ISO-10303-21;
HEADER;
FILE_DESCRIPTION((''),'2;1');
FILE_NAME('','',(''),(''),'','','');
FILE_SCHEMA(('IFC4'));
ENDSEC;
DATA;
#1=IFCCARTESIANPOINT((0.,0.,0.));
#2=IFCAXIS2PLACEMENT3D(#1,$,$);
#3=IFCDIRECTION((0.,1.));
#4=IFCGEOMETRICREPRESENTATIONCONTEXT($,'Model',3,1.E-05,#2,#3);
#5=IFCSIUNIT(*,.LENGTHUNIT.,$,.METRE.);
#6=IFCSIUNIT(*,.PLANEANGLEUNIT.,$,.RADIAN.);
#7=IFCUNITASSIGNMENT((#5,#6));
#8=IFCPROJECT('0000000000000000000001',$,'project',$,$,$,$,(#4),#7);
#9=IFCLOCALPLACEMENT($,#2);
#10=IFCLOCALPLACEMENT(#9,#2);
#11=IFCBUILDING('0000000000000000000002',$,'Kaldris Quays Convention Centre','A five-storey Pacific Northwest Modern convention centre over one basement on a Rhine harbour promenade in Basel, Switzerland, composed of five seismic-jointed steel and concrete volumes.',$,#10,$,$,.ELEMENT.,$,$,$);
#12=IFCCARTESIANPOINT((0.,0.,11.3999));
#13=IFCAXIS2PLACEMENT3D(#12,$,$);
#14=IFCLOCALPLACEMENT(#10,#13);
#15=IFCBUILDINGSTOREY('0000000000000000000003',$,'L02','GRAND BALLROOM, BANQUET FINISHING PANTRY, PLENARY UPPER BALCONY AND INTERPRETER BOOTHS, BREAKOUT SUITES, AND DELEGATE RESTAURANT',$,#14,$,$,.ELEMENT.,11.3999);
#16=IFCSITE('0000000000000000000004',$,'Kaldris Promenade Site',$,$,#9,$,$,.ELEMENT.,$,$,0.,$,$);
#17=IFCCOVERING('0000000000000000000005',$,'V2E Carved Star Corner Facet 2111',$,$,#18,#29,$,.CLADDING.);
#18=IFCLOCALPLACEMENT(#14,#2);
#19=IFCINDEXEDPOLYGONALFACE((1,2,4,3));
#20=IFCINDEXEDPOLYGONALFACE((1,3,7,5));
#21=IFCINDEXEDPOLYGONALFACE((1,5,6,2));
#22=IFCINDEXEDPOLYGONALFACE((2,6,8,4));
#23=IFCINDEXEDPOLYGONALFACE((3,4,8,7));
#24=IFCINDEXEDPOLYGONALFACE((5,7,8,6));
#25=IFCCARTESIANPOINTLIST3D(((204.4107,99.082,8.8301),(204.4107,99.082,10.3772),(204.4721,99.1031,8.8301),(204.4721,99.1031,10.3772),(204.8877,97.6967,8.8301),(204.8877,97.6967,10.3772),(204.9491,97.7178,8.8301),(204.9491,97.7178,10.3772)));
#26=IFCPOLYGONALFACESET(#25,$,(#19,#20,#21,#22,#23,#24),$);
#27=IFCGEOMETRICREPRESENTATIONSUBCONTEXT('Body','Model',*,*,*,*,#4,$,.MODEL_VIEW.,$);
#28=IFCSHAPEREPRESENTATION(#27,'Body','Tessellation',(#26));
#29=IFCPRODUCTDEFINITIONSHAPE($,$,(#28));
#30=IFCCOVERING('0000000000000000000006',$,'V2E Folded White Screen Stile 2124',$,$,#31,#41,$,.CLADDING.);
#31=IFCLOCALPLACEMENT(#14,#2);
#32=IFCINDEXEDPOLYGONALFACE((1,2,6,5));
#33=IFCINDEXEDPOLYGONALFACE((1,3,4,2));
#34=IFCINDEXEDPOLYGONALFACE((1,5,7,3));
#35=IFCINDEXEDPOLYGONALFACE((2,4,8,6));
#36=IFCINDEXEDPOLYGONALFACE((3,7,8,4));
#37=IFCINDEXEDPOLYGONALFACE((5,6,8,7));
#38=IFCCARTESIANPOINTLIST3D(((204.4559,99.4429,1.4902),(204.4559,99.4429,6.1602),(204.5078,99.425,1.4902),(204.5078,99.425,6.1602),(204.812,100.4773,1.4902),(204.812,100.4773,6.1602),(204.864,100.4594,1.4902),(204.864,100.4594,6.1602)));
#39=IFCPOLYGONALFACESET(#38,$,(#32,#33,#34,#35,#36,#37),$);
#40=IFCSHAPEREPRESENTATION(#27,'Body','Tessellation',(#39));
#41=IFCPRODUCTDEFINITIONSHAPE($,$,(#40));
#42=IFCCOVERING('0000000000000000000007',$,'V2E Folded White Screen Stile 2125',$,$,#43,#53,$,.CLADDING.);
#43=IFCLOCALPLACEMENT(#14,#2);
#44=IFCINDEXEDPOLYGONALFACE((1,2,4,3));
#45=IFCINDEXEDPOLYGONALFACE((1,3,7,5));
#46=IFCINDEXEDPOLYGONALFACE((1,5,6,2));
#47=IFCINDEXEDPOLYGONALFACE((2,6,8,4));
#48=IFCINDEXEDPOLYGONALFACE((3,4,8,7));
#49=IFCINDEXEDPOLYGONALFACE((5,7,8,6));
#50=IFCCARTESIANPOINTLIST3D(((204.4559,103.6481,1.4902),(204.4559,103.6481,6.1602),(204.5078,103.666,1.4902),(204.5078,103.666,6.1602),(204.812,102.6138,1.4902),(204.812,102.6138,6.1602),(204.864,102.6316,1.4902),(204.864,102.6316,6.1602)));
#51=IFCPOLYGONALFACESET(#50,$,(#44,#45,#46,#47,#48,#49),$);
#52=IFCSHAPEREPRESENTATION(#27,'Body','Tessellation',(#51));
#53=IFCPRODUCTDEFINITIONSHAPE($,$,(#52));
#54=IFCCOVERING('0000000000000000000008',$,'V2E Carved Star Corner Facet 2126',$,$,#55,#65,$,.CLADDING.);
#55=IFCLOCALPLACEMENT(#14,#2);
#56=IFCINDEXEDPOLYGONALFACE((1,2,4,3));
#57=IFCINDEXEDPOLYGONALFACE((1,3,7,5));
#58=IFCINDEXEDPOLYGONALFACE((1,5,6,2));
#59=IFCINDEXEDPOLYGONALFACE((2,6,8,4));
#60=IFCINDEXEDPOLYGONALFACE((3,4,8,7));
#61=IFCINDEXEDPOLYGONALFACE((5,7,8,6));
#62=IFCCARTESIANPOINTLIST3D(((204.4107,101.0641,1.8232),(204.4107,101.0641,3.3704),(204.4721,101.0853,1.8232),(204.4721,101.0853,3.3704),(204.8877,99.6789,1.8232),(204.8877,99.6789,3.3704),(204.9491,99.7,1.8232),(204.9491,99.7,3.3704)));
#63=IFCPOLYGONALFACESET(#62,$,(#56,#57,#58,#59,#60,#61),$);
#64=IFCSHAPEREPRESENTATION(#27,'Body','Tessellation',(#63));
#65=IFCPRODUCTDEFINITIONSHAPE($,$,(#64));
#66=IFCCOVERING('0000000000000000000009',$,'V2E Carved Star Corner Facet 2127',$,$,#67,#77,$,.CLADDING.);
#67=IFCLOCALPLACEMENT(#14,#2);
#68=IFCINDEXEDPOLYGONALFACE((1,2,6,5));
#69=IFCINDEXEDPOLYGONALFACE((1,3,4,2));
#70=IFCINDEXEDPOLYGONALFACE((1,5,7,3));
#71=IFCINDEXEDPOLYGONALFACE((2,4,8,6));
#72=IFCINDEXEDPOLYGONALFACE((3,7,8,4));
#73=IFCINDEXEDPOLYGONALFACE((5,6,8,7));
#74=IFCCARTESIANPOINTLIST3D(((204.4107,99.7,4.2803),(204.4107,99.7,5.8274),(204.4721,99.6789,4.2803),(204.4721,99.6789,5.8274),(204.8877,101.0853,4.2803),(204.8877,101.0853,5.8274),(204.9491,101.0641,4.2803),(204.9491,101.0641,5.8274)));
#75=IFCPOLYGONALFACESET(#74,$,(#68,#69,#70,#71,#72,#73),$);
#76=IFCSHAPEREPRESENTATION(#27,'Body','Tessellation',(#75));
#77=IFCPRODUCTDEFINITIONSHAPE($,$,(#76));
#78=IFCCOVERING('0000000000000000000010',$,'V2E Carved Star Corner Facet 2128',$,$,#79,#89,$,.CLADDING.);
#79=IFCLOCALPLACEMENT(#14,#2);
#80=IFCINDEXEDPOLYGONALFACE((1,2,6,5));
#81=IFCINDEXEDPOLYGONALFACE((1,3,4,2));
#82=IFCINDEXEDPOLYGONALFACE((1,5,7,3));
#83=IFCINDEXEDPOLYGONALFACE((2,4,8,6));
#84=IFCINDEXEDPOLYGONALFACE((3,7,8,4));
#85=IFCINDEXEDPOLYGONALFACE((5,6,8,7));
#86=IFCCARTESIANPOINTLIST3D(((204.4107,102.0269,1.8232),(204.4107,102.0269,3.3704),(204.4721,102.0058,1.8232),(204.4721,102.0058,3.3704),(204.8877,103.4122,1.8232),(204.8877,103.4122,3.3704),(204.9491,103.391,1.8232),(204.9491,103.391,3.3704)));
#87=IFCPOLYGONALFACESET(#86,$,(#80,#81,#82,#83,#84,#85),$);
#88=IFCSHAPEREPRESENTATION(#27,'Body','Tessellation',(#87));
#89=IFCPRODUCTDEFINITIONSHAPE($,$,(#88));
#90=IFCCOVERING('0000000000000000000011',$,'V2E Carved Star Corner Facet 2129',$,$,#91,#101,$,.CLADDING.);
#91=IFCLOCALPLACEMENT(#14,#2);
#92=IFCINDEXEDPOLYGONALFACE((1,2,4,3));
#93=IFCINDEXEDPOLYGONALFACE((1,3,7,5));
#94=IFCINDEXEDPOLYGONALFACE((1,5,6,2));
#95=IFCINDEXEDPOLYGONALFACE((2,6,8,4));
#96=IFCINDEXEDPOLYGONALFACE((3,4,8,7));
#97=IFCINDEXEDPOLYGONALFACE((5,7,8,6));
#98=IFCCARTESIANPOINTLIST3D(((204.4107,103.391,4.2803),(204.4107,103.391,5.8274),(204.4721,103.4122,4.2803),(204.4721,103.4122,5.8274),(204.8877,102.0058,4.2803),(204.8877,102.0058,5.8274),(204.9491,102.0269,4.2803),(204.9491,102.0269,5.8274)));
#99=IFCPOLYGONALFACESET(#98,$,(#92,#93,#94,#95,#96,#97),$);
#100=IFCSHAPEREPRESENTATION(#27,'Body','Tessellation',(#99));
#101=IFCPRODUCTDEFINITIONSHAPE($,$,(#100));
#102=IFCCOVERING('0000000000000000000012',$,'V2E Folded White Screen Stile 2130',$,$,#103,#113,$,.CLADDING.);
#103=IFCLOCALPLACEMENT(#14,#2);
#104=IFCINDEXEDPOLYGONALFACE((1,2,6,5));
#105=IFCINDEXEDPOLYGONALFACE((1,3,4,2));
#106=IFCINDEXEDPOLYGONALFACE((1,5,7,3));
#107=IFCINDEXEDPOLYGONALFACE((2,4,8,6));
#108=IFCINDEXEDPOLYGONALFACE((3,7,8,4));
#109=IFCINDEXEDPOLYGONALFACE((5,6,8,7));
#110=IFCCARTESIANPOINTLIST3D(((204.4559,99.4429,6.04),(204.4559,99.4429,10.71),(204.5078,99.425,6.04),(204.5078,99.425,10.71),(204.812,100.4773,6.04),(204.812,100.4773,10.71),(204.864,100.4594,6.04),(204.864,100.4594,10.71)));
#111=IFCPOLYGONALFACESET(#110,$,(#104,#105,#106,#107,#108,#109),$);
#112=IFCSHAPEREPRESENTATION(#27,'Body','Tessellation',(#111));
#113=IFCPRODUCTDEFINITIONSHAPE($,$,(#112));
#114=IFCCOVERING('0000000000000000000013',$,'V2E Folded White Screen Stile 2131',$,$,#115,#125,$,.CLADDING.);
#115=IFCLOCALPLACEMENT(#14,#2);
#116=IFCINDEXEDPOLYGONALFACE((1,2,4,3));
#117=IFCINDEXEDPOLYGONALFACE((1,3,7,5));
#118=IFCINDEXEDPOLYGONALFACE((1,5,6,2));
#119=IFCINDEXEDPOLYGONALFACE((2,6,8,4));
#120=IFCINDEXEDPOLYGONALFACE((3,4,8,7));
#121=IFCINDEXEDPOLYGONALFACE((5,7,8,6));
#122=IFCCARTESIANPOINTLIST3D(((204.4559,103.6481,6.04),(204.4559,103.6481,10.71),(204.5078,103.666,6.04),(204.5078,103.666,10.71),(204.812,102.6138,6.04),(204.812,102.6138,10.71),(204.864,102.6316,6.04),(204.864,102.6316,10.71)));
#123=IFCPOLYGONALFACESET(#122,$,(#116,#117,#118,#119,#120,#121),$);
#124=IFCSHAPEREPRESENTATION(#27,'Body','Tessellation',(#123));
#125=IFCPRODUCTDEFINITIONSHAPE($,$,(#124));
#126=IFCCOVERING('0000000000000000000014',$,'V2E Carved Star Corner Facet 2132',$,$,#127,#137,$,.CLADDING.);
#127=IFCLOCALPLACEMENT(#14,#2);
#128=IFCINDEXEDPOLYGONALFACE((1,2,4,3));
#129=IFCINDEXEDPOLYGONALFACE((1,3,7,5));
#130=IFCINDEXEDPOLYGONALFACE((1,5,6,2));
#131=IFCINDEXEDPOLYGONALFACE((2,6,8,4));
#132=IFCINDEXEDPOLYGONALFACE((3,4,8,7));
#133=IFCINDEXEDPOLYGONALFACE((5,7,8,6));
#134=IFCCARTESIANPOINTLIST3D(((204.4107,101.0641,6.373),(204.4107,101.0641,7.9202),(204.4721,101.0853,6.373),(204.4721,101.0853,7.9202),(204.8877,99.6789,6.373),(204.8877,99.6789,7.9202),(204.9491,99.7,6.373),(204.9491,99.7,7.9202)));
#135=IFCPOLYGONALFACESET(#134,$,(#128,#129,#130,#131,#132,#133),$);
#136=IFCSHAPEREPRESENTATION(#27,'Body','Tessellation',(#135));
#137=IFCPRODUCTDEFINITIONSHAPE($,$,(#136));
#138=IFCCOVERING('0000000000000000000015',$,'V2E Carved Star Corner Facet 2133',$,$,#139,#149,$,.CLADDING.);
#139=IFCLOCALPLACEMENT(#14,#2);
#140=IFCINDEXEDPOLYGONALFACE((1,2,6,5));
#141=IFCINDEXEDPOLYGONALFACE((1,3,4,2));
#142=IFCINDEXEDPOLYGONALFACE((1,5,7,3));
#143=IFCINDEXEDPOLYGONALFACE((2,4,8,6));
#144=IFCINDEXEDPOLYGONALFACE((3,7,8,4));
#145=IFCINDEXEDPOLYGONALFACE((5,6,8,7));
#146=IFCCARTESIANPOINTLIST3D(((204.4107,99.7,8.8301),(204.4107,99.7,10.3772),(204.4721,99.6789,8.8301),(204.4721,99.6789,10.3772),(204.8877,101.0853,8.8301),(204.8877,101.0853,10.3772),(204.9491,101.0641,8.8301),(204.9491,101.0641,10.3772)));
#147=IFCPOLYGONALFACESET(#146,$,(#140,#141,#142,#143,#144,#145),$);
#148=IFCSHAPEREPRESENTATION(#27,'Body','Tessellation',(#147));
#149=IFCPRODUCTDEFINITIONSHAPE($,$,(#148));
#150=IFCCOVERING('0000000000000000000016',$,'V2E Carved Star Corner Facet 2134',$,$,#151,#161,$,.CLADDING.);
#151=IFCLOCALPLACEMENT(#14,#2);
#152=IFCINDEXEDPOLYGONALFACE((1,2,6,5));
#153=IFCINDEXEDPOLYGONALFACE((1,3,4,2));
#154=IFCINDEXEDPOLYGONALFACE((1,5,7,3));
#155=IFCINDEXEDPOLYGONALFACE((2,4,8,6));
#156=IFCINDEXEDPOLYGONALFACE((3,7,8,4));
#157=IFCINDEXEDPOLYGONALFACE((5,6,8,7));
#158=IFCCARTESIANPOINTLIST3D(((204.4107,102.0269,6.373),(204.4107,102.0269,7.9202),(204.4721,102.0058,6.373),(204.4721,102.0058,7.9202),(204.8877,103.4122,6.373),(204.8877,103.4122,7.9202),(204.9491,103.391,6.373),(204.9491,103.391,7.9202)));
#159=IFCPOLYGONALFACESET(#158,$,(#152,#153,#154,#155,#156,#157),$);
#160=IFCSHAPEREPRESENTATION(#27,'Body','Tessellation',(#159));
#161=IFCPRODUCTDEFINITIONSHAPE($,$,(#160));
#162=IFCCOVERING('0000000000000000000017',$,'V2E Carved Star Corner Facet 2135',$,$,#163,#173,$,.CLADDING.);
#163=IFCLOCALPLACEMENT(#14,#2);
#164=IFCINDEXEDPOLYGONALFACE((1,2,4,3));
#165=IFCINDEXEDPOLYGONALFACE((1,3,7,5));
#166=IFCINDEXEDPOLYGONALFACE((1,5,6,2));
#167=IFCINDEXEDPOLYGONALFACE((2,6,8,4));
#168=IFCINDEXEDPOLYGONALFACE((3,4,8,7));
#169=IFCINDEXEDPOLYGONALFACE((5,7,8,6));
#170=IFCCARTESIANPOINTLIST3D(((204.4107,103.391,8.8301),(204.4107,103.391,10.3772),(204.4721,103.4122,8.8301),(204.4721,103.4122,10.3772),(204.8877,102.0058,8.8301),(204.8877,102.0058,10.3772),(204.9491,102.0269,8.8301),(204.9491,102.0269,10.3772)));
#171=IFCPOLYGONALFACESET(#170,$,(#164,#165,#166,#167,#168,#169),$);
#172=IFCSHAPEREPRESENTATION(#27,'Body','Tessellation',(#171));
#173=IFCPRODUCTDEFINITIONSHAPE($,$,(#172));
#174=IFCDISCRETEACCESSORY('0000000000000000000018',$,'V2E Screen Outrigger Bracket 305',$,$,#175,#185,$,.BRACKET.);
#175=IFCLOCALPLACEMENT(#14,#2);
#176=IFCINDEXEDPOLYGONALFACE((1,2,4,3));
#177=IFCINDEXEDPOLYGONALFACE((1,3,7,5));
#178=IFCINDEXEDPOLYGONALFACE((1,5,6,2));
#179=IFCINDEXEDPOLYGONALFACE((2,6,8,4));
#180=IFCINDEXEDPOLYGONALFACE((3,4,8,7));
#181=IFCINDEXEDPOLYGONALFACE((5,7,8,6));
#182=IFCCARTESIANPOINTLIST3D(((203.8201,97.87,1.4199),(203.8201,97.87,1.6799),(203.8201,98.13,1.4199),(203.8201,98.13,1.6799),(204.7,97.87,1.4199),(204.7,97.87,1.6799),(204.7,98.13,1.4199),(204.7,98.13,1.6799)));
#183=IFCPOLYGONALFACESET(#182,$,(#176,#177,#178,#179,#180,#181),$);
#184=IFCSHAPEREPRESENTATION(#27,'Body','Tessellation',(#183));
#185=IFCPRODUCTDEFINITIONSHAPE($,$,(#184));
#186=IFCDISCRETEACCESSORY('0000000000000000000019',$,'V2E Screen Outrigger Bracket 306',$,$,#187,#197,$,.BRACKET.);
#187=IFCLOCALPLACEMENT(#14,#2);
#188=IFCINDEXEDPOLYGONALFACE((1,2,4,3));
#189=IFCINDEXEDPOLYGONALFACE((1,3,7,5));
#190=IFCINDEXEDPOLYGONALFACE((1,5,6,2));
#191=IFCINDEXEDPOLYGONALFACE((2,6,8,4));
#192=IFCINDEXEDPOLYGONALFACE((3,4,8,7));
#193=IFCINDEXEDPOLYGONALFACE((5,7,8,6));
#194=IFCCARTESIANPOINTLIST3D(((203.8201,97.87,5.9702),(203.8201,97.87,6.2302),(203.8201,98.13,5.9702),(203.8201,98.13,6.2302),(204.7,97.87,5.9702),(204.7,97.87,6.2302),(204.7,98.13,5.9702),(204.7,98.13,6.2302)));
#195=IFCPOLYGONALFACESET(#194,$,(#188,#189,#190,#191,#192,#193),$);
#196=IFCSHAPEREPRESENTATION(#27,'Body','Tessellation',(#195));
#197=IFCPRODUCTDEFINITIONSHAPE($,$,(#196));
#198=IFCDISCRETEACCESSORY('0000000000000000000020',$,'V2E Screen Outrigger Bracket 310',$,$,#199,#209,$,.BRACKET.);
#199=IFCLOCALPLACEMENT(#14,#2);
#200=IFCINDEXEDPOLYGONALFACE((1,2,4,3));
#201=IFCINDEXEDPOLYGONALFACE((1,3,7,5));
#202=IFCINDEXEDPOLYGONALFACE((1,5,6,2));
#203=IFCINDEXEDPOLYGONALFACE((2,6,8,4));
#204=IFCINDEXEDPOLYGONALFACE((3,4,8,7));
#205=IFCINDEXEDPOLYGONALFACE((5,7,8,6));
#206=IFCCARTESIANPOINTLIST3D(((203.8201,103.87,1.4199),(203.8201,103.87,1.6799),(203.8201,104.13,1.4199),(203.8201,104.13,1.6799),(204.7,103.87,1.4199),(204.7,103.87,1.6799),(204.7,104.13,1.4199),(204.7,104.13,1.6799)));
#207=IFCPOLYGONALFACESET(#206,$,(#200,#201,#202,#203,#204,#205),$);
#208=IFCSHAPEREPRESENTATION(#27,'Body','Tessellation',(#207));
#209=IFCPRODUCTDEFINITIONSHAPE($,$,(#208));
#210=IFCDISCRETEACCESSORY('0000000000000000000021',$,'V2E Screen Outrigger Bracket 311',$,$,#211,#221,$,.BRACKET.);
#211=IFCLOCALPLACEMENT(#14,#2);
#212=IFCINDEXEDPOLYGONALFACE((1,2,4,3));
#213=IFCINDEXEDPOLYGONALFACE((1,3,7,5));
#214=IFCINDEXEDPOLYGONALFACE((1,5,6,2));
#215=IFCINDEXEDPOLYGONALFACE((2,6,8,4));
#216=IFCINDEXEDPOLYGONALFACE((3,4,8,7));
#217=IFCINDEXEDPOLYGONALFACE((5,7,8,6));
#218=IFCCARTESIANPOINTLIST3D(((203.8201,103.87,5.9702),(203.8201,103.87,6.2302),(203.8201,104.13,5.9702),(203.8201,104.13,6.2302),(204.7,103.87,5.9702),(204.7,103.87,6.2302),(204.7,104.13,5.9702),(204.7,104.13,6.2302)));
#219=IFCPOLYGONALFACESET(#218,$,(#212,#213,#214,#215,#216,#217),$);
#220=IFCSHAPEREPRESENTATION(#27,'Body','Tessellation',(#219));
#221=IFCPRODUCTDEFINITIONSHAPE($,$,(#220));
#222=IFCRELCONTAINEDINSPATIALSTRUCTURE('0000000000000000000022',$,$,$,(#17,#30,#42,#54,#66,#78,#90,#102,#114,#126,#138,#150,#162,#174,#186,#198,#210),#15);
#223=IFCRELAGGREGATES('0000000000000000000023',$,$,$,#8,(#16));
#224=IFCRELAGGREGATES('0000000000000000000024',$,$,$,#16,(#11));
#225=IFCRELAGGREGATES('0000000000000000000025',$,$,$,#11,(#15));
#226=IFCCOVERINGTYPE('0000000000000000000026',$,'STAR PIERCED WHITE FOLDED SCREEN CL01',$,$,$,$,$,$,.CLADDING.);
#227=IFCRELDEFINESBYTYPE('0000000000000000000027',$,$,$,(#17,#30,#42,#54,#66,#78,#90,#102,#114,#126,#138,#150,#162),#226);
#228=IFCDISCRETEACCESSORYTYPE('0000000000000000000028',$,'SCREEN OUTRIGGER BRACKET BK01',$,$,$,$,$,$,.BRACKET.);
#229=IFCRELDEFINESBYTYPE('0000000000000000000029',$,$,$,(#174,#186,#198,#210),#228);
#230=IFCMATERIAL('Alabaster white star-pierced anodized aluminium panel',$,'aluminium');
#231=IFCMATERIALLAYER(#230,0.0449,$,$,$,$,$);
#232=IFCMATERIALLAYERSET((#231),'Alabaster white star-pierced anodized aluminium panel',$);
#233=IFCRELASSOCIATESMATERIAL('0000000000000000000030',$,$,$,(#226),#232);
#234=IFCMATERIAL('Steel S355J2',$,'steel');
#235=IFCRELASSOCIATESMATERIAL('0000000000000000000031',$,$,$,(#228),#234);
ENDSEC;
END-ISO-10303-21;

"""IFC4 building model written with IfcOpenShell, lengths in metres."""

from ifc_helpers import new_model, si_unit, direction, frame, origin, origin_2d, place, context, subcontext, project, spatial, rectangle, extrude, material, layer, layer_set, type_object, element, save


model = new_model("IFC4")

# Units and contexts
model_context = context("Model", 3, precision=1e-05, world=origin(), true_north=direction((0.0, 1.0)))
body_context = subcontext(model_context, "Body", "Model", "MODEL_VIEW")
ifc_project = project(units=[si_unit("LENGTHUNIT", "METRE"), si_unit("PLANEANGLEUNIT", "RADIAN")], contexts=[model_context])

# Site, building, storey
site_placement = place(None, origin())
site = spatial("IfcSite", under=ifc_project, at=site_placement, Name="Kaldris Promenade Site", CompositionType="ELEMENT", RefElevation=0.0)
building_placement = place(site_placement, origin())
building = spatial("IfcBuilding", under=site, at=building_placement, Name="Kaldris Quays Convention Centre", Description="A five-storey Pacific Northwest Modern convention centre over one basement on a Rhine harbour promenade in Basel, Switzerland, composed of five seismic-jointed steel and concrete volumes.", CompositionType="ELEMENT")
storey_placement = place(building_placement, frame((0.0, 0.0, 11.3999)))
storey = spatial("IfcBuildingStorey", under=building, at=storey_placement, Name="L02", Description="GRAND BALLROOM, BANQUET FINISHING PANTRY, PLENARY UPPER BALCONY AND INTERPRETER BOOTHS, BREAKOUT SUITES, AND DELEGATE RESTAURANT", CompositionType="ELEMENT", Elevation=11.3999)

# Coverings
ifc_material_1 = material(Name="Alabaster white star-pierced anodized aluminium panel", Category="aluminium")
ifc_layer = layer(ifc_material_1, 0.0449)
ifc_layer_set = layer_set([ifc_layer], Name="Alabaster white star-pierced anodized aluminium panel")
covering_type = type_object("IfcCoveringType", Name="STAR PIERCED WHITE FOLDED SCREEN CL01", PredefinedType="CLADDING", material=ifc_layer_set)
for number, where, z_axis, x_axis, name in (
    (1, (204.6799, 98.3999, 8.8301), (0.0, 0.0, 1.0), (-0.325568, 0.945519, 0.0), "V2E Carved Star Corner Facet 2111"),
):
    element("IfcCovering", number, at=place(storey_placement, frame(where, z_axis=z_axis, x_axis=x_axis)), inside=storey, type_object=covering_type, Name=name, PredefinedType="CLADDING", context=body_context, shape_type="SweptSolid", body=[
        extrude(rectangle(XDim=1.4651, YDim=0.0649, at=origin_2d()), origin(), (0.0, 0.0, 1.0), 1.5471),
    ])
for number, where, z_axis, x_axis, name in (
    (2, (204.6599, 99.9512, 1.4902), (0.0, 0.0, 1.0), (0.325568, 0.945519, 0.0), "V2E Folded White Screen Stile 2124"),
    (3, (204.6599, 103.1399, 1.4902), (0.0, 0.0, 1.0), (-0.325568, 0.945519, 0.0), "V2E Folded White Screen Stile 2125"),
):
    element("IfcCovering", number, at=place(storey_placement, frame(where, z_axis=z_axis, x_axis=x_axis)), inside=storey, type_object=covering_type, Name=name, PredefinedType="CLADDING", context=body_context, shape_type="SweptSolid", body=[
        extrude(rectangle(XDim=1.094, YDim=0.0549, at=origin_2d()), origin(), (0.0, 0.0, 1.0), 4.6699),
    ])
for number, where, z_axis, x_axis, name in (
    (4, (204.6799, 100.3821, 1.8232), (0.0, 0.0, 1.0), (-0.325568, 0.945519, 0.0), "V2E Carved Star Corner Facet 2126"),
    (5, (204.6799, 100.3821, 4.2803), (0.0, 0.0, 1.0), (0.325568, 0.945519, 0.0), "V2E Carved Star Corner Facet 2127"),
    (6, (204.6799, 102.709, 1.8232), (0.0, 0.0, 1.0), (0.325568, 0.945519, 0.0), "V2E Carved Star Corner Facet 2128"),
    (7, (204.6799, 102.709, 4.2803), (0.0, 0.0, 1.0), (-0.325568, 0.945519, 0.0), "V2E Carved Star Corner Facet 2129"),
):
    element("IfcCovering", number, at=place(storey_placement, frame(where, z_axis=z_axis, x_axis=x_axis)), inside=storey, type_object=covering_type, Name=name, PredefinedType="CLADDING", context=body_context, shape_type="SweptSolid", body=[
        extrude(rectangle(XDim=1.4651, YDim=0.0649, at=origin_2d()), origin(), (0.0, 0.0, 1.0), 1.5471),
    ])
for number, where, z_axis, x_axis, name in (
    (8, (204.6599, 99.9512, 6.04), (0.0, 0.0, 1.0), (0.325568, 0.945519, 0.0), "V2E Folded White Screen Stile 2130"),
    (9, (204.6599, 103.1399, 6.04), (0.0, 0.0, 1.0), (-0.325568, 0.945519, 0.0), "V2E Folded White Screen Stile 2131"),
):
    element("IfcCovering", number, at=place(storey_placement, frame(where, z_axis=z_axis, x_axis=x_axis)), inside=storey, type_object=covering_type, Name=name, PredefinedType="CLADDING", context=body_context, shape_type="SweptSolid", body=[
        extrude(rectangle(XDim=1.094, YDim=0.0549, at=origin_2d()), origin(), (0.0, 0.0, 1.0), 4.6699),
    ])
for number, where, z_axis, x_axis, name in (
    (10, (204.6799, 100.3821, 6.373), (0.0, 0.0, 1.0), (-0.325568, 0.945519, 0.0), "V2E Carved Star Corner Facet 2132"),
    (11, (204.6799, 100.3821, 8.8301), (0.0, 0.0, 1.0), (0.325568, 0.945519, 0.0), "V2E Carved Star Corner Facet 2133"),
    (12, (204.6799, 102.709, 6.373), (0.0, 0.0, 1.0), (0.325568, 0.945519, 0.0), "V2E Carved Star Corner Facet 2134"),
    (13, (204.6799, 102.709, 8.8301), (0.0, 0.0, 1.0), (-0.325568, 0.945519, 0.0), "V2E Carved Star Corner Facet 2135"),
):
    element("IfcCovering", number, at=place(storey_placement, frame(where, z_axis=z_axis, x_axis=x_axis)), inside=storey, type_object=covering_type, Name=name, PredefinedType="CLADDING", context=body_context, shape_type="SweptSolid", body=[
        extrude(rectangle(XDim=1.4651, YDim=0.0649, at=origin_2d()), origin(), (0.0, 0.0, 1.0), 1.5471),
    ])

# Discrete accessories
ifc_material_2 = material(Name="Steel S355J2", Category="steel")
discrete_accessory_type = type_object("IfcDiscreteAccessoryType", Name="SCREEN OUTRIGGER BRACKET BK01", PredefinedType="BRACKET", material=ifc_material_2)
for number, where, z_axis, x_axis, name in (
    (14, (204.26, 98.0, 1.4199), (0.0, 0.0, 1.0), (0.0, 1.0, 0.0), "V2E Screen Outrigger Bracket 305"),
    (15, (204.26, 98.0, 5.9702), (0.0, 0.0, 1.0), (0.0, 1.0, 0.0), "V2E Screen Outrigger Bracket 306"),
    (16, (204.26, 104.0, 1.4199), (0.0, 0.0, 1.0), (0.0, 1.0, 0.0), "V2E Screen Outrigger Bracket 310"),
    (17, (204.26, 104.0, 5.9702), (0.0, 0.0, 1.0), (0.0, 1.0, 0.0), "V2E Screen Outrigger Bracket 311"),
):
    element("IfcDiscreteAccessory", number, at=place(storey_placement, frame(where, z_axis=z_axis, x_axis=x_axis)), inside=storey, type_object=discrete_accessory_type, Name=name, PredefinedType="BRACKET", context=body_context, shape_type="SweptSolid", body=[
        extrude(rectangle(XDim=0.26, YDim=0.8799, at=origin_2d()), origin(), (0.0, 0.0, 1.0), 0.26),
    ])

save(model, "model.ifc")
